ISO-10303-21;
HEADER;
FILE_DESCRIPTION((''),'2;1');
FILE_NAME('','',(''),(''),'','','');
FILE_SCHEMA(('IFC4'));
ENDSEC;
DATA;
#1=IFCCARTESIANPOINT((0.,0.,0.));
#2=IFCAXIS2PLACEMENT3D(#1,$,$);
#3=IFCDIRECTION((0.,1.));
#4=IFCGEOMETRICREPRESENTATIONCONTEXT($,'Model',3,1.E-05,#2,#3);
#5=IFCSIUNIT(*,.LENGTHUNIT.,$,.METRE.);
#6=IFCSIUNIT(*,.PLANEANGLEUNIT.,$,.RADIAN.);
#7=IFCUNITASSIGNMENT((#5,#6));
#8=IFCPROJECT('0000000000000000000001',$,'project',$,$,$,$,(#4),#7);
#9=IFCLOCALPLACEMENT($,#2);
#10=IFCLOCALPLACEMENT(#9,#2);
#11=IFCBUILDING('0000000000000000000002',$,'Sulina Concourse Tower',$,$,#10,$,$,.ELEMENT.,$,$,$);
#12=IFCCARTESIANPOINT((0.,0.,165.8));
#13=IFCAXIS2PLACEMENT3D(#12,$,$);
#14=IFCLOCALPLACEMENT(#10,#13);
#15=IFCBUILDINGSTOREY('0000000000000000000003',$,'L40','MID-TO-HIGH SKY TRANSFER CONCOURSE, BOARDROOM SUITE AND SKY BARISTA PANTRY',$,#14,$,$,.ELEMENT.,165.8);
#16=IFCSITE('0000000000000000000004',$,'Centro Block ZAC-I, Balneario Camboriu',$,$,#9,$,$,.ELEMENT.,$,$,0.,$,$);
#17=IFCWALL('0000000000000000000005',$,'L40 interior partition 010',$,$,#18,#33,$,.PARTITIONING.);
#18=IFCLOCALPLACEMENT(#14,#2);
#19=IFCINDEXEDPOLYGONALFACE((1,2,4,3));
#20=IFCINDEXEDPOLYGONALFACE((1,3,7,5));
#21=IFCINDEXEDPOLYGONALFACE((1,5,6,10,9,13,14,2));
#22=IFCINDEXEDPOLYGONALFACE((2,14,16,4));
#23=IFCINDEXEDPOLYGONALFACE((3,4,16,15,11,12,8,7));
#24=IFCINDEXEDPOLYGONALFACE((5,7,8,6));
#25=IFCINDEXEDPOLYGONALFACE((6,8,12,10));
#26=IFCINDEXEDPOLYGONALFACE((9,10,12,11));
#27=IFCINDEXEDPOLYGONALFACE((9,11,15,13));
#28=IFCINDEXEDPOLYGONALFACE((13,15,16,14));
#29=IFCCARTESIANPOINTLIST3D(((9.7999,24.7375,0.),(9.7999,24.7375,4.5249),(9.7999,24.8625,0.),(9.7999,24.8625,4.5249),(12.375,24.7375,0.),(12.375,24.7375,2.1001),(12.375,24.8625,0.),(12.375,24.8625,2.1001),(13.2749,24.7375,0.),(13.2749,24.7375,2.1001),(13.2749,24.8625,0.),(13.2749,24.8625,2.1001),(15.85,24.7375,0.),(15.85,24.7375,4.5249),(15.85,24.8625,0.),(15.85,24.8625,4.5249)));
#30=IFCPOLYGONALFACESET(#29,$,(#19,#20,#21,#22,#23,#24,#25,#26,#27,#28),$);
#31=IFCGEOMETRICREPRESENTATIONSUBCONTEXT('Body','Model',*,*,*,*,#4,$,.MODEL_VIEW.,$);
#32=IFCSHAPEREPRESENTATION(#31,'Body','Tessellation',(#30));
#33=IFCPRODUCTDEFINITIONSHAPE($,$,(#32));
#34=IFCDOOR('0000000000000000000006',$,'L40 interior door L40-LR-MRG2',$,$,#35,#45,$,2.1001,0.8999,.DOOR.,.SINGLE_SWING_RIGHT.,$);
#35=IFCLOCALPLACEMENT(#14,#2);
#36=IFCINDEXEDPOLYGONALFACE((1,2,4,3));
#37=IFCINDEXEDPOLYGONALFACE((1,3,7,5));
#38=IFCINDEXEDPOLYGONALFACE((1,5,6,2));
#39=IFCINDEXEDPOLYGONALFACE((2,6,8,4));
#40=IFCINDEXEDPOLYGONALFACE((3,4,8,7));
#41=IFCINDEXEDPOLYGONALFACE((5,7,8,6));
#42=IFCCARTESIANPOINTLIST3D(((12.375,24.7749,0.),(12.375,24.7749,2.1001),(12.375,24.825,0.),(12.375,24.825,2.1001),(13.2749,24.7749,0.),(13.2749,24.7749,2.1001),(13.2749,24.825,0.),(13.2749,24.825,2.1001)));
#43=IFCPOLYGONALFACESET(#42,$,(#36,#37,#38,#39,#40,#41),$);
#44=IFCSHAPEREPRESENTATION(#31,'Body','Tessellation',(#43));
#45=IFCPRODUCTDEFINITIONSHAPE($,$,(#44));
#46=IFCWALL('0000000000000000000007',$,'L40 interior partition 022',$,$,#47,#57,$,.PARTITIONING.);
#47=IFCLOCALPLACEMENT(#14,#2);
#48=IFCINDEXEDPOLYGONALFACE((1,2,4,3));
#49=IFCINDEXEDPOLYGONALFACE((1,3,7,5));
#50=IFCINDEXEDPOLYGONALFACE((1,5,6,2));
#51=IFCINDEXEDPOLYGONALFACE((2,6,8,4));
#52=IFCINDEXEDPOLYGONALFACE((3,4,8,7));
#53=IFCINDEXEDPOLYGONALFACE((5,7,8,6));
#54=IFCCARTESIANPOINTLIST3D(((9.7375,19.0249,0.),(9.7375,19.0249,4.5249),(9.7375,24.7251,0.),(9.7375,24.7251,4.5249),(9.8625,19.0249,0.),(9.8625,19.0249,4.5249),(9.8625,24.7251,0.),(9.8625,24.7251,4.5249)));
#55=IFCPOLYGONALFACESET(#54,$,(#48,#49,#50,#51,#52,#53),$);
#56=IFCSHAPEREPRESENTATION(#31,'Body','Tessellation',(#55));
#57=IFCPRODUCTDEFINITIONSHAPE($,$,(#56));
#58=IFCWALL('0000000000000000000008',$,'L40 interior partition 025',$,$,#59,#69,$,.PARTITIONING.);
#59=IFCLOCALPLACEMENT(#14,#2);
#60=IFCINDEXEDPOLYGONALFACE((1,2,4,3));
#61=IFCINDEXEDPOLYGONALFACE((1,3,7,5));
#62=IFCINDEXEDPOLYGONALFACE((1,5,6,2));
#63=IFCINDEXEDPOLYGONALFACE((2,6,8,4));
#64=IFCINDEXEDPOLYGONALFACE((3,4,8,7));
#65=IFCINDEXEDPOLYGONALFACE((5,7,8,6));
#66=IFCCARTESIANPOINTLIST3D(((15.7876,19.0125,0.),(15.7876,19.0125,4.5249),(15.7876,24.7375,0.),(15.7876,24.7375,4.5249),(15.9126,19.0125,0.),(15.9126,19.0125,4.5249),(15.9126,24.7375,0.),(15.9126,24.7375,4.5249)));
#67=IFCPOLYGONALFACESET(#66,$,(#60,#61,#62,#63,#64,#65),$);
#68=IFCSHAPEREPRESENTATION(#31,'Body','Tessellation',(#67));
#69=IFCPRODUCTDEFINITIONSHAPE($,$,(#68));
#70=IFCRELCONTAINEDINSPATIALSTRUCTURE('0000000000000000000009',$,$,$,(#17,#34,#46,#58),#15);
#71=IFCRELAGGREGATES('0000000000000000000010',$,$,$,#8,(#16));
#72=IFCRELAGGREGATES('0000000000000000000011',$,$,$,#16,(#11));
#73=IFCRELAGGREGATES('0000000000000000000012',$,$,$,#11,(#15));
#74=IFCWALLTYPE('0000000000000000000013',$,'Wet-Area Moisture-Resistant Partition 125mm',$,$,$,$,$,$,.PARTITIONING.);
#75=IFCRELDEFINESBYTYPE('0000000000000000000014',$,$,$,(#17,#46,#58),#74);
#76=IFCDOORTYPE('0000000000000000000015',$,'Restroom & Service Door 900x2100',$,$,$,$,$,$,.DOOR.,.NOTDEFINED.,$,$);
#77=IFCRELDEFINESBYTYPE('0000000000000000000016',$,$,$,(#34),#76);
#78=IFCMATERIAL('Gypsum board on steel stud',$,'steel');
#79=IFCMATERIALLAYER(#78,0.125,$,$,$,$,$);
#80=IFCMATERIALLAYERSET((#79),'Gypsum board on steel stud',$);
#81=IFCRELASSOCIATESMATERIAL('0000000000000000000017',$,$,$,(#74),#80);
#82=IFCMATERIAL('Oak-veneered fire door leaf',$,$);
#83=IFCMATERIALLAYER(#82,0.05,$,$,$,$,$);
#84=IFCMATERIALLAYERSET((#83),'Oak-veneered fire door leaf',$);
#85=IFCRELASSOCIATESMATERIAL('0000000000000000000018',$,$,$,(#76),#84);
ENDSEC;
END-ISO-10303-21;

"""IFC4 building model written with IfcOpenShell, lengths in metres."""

from ifc_helpers import new_model, si_unit, direction, frame, frame_2d, origin, place, context, subcontext, project, spatial, rectangle, extrude, material, layer, layer_set, type_object, element, fill, save


model = new_model("IFC4")

# Units and contexts
model_context = context("Model", 3, precision=1e-05, world=origin(), true_north=direction((0.0, 1.0)))
body_context = subcontext(model_context, "Body", "Model", "MODEL_VIEW")
ifc_project = project(units=[si_unit("LENGTHUNIT", "METRE"), si_unit("PLANEANGLEUNIT", "RADIAN")], contexts=[model_context])

# Site, building, storey
site_placement = place(None, origin())
site = spatial("IfcSite", under=ifc_project, at=site_placement, Name="Centro Block ZAC-I, Balneario Camboriu", CompositionType="ELEMENT", RefElevation=0.0)
building_placement = place(site_placement, origin())
building = spatial("IfcBuilding", under=site, at=building_placement, Name="Sulina Concourse Tower", CompositionType="ELEMENT")
storey_placement = place(building_placement, frame((0.0, 0.0, 165.8)))
storey = spatial("IfcBuildingStorey", under=building, at=storey_placement, Name="L40", Description="MID-TO-HIGH SKY TRANSFER CONCOURSE, BOARDROOM SUITE AND SKY BARISTA PANTRY", CompositionType="ELEMENT", Elevation=165.8)

# Shared definitions
ifc_material_1 = material(Name="Gypsum board on steel stud", Category="steel")
ifc_layer_1 = layer(ifc_material_1, 0.125)
ifc_layer_set_1 = layer_set([ifc_layer_1], Name="Gypsum board on steel stud")
wall_type_1 = type_object("IfcWallType", Name="Wet-Area Moisture-Resistant Partition 125mm", PredefinedType="PARTITIONING", material=ifc_layer_set_1)

# Wall, opening, door
wall_1_placement = place(storey_placement, frame((9.8, 24.8, 0.0), z_axis=(0.0, 0.0, 1.0), x_axis=(1.0, 0.0, 0.0)))
wall_1 = element("IfcWall", 1, at=wall_1_placement, inside=storey, type_object=wall_type_1, Name="L40 interior partition 010", PredefinedType="PARTITIONING", context=body_context, shape_type="SweptSolid", body=[
    extrude(rectangle(XDim=6.05, YDim=0.125, at=frame_2d((3.0249, 0.0))), origin(), (0.0, 0.0, 1.0), 4.5249),
])
opening_1_placement = place(wall_1_placement, frame((2.575, 0.0, 0.0)))
opening_1 = element("IfcOpeningElement", 2, at=opening_1_placement, cuts=wall_1, PredefinedType="OPENING", context=body_context, shape_type="SweptSolid", body=[
    extrude(rectangle(XDim=0.8999, YDim=2.1001, at=frame_2d((0.45, 1.05))), frame((0.0, 0.0725, 0.0), z_axis=(0.0, -1.0, 0.0), x_axis=(1.0, 0.0, 0.0)), (0.0, 0.0, 1.0), 0.145),
])
ifc_material_2 = material(Name="Oak-veneered fire door leaf")
ifc_layer_2 = layer(ifc_material_2, 0.05)
ifc_layer_set_2 = layer_set([ifc_layer_2], Name="Oak-veneered fire door leaf")
door_type_1 = type_object("IfcDoorType", Name="Restroom & Service Door 900x2100", OperationType="NOTDEFINED", PredefinedType="DOOR", material=ifc_layer_set_2)
door_1_placement = place(opening_1_placement, origin())
door_1 = element("IfcDoor", 3, at=door_1_placement, inside=storey, type_object=door_type_1, Name="L40 interior door L40-LR-MRG2", OperationType="SINGLE_SWING_RIGHT", OverallHeight=2.1001, OverallWidth=0.8999, PredefinedType="DOOR", context=body_context, shape_type="SweptSolid", body=[
    extrude(rectangle(XDim=0.8999, YDim=2.1001, at=frame_2d((0.45, 1.05))), frame((0.0, 0.0249, 0.0), z_axis=(0.0, -1.0, 0.0), x_axis=(1.0, 0.0, 0.0)), (0.0, 0.0, 1.0), 0.05),
])
fill(opening_1, door_1)

# Walls
wall_2_placement = place(storey_placement, frame((9.8, 19.0249, 0.0), z_axis=(0.0, 0.0, 1.0), x_axis=(0.0, 1.0, 0.0)))
element("IfcWall", 4, at=wall_2_placement, inside=storey, type_object=wall_type_1, Name="L40 interior partition 022", PredefinedType="PARTITIONING", context=body_context, shape_type="SweptSolid", body=[
    extrude(rectangle(XDim=5.7002, YDim=0.125, at=frame_2d((2.8501, 0.0))), origin(), (0.0, 0.0, 1.0), 4.5249),
])
wall_3_placement = place(storey_placement, frame((15.8501, 19.0125, 0.0), z_axis=(0.0, 0.0, 1.0), x_axis=(0.0, 1.0, 0.0)))
element("IfcWall", 5, at=wall_3_placement, inside=storey, type_object=wall_type_1, Name="L40 interior partition 025", PredefinedType="PARTITIONING", context=body_context, shape_type="SweptSolid", body=[
    extrude(rectangle(XDim=5.7251, YDim=0.125, at=frame_2d((2.8625, 0.0))), origin(), (0.0, 0.0, 1.0), 4.5249),
])

save(model, "model.ifc")
